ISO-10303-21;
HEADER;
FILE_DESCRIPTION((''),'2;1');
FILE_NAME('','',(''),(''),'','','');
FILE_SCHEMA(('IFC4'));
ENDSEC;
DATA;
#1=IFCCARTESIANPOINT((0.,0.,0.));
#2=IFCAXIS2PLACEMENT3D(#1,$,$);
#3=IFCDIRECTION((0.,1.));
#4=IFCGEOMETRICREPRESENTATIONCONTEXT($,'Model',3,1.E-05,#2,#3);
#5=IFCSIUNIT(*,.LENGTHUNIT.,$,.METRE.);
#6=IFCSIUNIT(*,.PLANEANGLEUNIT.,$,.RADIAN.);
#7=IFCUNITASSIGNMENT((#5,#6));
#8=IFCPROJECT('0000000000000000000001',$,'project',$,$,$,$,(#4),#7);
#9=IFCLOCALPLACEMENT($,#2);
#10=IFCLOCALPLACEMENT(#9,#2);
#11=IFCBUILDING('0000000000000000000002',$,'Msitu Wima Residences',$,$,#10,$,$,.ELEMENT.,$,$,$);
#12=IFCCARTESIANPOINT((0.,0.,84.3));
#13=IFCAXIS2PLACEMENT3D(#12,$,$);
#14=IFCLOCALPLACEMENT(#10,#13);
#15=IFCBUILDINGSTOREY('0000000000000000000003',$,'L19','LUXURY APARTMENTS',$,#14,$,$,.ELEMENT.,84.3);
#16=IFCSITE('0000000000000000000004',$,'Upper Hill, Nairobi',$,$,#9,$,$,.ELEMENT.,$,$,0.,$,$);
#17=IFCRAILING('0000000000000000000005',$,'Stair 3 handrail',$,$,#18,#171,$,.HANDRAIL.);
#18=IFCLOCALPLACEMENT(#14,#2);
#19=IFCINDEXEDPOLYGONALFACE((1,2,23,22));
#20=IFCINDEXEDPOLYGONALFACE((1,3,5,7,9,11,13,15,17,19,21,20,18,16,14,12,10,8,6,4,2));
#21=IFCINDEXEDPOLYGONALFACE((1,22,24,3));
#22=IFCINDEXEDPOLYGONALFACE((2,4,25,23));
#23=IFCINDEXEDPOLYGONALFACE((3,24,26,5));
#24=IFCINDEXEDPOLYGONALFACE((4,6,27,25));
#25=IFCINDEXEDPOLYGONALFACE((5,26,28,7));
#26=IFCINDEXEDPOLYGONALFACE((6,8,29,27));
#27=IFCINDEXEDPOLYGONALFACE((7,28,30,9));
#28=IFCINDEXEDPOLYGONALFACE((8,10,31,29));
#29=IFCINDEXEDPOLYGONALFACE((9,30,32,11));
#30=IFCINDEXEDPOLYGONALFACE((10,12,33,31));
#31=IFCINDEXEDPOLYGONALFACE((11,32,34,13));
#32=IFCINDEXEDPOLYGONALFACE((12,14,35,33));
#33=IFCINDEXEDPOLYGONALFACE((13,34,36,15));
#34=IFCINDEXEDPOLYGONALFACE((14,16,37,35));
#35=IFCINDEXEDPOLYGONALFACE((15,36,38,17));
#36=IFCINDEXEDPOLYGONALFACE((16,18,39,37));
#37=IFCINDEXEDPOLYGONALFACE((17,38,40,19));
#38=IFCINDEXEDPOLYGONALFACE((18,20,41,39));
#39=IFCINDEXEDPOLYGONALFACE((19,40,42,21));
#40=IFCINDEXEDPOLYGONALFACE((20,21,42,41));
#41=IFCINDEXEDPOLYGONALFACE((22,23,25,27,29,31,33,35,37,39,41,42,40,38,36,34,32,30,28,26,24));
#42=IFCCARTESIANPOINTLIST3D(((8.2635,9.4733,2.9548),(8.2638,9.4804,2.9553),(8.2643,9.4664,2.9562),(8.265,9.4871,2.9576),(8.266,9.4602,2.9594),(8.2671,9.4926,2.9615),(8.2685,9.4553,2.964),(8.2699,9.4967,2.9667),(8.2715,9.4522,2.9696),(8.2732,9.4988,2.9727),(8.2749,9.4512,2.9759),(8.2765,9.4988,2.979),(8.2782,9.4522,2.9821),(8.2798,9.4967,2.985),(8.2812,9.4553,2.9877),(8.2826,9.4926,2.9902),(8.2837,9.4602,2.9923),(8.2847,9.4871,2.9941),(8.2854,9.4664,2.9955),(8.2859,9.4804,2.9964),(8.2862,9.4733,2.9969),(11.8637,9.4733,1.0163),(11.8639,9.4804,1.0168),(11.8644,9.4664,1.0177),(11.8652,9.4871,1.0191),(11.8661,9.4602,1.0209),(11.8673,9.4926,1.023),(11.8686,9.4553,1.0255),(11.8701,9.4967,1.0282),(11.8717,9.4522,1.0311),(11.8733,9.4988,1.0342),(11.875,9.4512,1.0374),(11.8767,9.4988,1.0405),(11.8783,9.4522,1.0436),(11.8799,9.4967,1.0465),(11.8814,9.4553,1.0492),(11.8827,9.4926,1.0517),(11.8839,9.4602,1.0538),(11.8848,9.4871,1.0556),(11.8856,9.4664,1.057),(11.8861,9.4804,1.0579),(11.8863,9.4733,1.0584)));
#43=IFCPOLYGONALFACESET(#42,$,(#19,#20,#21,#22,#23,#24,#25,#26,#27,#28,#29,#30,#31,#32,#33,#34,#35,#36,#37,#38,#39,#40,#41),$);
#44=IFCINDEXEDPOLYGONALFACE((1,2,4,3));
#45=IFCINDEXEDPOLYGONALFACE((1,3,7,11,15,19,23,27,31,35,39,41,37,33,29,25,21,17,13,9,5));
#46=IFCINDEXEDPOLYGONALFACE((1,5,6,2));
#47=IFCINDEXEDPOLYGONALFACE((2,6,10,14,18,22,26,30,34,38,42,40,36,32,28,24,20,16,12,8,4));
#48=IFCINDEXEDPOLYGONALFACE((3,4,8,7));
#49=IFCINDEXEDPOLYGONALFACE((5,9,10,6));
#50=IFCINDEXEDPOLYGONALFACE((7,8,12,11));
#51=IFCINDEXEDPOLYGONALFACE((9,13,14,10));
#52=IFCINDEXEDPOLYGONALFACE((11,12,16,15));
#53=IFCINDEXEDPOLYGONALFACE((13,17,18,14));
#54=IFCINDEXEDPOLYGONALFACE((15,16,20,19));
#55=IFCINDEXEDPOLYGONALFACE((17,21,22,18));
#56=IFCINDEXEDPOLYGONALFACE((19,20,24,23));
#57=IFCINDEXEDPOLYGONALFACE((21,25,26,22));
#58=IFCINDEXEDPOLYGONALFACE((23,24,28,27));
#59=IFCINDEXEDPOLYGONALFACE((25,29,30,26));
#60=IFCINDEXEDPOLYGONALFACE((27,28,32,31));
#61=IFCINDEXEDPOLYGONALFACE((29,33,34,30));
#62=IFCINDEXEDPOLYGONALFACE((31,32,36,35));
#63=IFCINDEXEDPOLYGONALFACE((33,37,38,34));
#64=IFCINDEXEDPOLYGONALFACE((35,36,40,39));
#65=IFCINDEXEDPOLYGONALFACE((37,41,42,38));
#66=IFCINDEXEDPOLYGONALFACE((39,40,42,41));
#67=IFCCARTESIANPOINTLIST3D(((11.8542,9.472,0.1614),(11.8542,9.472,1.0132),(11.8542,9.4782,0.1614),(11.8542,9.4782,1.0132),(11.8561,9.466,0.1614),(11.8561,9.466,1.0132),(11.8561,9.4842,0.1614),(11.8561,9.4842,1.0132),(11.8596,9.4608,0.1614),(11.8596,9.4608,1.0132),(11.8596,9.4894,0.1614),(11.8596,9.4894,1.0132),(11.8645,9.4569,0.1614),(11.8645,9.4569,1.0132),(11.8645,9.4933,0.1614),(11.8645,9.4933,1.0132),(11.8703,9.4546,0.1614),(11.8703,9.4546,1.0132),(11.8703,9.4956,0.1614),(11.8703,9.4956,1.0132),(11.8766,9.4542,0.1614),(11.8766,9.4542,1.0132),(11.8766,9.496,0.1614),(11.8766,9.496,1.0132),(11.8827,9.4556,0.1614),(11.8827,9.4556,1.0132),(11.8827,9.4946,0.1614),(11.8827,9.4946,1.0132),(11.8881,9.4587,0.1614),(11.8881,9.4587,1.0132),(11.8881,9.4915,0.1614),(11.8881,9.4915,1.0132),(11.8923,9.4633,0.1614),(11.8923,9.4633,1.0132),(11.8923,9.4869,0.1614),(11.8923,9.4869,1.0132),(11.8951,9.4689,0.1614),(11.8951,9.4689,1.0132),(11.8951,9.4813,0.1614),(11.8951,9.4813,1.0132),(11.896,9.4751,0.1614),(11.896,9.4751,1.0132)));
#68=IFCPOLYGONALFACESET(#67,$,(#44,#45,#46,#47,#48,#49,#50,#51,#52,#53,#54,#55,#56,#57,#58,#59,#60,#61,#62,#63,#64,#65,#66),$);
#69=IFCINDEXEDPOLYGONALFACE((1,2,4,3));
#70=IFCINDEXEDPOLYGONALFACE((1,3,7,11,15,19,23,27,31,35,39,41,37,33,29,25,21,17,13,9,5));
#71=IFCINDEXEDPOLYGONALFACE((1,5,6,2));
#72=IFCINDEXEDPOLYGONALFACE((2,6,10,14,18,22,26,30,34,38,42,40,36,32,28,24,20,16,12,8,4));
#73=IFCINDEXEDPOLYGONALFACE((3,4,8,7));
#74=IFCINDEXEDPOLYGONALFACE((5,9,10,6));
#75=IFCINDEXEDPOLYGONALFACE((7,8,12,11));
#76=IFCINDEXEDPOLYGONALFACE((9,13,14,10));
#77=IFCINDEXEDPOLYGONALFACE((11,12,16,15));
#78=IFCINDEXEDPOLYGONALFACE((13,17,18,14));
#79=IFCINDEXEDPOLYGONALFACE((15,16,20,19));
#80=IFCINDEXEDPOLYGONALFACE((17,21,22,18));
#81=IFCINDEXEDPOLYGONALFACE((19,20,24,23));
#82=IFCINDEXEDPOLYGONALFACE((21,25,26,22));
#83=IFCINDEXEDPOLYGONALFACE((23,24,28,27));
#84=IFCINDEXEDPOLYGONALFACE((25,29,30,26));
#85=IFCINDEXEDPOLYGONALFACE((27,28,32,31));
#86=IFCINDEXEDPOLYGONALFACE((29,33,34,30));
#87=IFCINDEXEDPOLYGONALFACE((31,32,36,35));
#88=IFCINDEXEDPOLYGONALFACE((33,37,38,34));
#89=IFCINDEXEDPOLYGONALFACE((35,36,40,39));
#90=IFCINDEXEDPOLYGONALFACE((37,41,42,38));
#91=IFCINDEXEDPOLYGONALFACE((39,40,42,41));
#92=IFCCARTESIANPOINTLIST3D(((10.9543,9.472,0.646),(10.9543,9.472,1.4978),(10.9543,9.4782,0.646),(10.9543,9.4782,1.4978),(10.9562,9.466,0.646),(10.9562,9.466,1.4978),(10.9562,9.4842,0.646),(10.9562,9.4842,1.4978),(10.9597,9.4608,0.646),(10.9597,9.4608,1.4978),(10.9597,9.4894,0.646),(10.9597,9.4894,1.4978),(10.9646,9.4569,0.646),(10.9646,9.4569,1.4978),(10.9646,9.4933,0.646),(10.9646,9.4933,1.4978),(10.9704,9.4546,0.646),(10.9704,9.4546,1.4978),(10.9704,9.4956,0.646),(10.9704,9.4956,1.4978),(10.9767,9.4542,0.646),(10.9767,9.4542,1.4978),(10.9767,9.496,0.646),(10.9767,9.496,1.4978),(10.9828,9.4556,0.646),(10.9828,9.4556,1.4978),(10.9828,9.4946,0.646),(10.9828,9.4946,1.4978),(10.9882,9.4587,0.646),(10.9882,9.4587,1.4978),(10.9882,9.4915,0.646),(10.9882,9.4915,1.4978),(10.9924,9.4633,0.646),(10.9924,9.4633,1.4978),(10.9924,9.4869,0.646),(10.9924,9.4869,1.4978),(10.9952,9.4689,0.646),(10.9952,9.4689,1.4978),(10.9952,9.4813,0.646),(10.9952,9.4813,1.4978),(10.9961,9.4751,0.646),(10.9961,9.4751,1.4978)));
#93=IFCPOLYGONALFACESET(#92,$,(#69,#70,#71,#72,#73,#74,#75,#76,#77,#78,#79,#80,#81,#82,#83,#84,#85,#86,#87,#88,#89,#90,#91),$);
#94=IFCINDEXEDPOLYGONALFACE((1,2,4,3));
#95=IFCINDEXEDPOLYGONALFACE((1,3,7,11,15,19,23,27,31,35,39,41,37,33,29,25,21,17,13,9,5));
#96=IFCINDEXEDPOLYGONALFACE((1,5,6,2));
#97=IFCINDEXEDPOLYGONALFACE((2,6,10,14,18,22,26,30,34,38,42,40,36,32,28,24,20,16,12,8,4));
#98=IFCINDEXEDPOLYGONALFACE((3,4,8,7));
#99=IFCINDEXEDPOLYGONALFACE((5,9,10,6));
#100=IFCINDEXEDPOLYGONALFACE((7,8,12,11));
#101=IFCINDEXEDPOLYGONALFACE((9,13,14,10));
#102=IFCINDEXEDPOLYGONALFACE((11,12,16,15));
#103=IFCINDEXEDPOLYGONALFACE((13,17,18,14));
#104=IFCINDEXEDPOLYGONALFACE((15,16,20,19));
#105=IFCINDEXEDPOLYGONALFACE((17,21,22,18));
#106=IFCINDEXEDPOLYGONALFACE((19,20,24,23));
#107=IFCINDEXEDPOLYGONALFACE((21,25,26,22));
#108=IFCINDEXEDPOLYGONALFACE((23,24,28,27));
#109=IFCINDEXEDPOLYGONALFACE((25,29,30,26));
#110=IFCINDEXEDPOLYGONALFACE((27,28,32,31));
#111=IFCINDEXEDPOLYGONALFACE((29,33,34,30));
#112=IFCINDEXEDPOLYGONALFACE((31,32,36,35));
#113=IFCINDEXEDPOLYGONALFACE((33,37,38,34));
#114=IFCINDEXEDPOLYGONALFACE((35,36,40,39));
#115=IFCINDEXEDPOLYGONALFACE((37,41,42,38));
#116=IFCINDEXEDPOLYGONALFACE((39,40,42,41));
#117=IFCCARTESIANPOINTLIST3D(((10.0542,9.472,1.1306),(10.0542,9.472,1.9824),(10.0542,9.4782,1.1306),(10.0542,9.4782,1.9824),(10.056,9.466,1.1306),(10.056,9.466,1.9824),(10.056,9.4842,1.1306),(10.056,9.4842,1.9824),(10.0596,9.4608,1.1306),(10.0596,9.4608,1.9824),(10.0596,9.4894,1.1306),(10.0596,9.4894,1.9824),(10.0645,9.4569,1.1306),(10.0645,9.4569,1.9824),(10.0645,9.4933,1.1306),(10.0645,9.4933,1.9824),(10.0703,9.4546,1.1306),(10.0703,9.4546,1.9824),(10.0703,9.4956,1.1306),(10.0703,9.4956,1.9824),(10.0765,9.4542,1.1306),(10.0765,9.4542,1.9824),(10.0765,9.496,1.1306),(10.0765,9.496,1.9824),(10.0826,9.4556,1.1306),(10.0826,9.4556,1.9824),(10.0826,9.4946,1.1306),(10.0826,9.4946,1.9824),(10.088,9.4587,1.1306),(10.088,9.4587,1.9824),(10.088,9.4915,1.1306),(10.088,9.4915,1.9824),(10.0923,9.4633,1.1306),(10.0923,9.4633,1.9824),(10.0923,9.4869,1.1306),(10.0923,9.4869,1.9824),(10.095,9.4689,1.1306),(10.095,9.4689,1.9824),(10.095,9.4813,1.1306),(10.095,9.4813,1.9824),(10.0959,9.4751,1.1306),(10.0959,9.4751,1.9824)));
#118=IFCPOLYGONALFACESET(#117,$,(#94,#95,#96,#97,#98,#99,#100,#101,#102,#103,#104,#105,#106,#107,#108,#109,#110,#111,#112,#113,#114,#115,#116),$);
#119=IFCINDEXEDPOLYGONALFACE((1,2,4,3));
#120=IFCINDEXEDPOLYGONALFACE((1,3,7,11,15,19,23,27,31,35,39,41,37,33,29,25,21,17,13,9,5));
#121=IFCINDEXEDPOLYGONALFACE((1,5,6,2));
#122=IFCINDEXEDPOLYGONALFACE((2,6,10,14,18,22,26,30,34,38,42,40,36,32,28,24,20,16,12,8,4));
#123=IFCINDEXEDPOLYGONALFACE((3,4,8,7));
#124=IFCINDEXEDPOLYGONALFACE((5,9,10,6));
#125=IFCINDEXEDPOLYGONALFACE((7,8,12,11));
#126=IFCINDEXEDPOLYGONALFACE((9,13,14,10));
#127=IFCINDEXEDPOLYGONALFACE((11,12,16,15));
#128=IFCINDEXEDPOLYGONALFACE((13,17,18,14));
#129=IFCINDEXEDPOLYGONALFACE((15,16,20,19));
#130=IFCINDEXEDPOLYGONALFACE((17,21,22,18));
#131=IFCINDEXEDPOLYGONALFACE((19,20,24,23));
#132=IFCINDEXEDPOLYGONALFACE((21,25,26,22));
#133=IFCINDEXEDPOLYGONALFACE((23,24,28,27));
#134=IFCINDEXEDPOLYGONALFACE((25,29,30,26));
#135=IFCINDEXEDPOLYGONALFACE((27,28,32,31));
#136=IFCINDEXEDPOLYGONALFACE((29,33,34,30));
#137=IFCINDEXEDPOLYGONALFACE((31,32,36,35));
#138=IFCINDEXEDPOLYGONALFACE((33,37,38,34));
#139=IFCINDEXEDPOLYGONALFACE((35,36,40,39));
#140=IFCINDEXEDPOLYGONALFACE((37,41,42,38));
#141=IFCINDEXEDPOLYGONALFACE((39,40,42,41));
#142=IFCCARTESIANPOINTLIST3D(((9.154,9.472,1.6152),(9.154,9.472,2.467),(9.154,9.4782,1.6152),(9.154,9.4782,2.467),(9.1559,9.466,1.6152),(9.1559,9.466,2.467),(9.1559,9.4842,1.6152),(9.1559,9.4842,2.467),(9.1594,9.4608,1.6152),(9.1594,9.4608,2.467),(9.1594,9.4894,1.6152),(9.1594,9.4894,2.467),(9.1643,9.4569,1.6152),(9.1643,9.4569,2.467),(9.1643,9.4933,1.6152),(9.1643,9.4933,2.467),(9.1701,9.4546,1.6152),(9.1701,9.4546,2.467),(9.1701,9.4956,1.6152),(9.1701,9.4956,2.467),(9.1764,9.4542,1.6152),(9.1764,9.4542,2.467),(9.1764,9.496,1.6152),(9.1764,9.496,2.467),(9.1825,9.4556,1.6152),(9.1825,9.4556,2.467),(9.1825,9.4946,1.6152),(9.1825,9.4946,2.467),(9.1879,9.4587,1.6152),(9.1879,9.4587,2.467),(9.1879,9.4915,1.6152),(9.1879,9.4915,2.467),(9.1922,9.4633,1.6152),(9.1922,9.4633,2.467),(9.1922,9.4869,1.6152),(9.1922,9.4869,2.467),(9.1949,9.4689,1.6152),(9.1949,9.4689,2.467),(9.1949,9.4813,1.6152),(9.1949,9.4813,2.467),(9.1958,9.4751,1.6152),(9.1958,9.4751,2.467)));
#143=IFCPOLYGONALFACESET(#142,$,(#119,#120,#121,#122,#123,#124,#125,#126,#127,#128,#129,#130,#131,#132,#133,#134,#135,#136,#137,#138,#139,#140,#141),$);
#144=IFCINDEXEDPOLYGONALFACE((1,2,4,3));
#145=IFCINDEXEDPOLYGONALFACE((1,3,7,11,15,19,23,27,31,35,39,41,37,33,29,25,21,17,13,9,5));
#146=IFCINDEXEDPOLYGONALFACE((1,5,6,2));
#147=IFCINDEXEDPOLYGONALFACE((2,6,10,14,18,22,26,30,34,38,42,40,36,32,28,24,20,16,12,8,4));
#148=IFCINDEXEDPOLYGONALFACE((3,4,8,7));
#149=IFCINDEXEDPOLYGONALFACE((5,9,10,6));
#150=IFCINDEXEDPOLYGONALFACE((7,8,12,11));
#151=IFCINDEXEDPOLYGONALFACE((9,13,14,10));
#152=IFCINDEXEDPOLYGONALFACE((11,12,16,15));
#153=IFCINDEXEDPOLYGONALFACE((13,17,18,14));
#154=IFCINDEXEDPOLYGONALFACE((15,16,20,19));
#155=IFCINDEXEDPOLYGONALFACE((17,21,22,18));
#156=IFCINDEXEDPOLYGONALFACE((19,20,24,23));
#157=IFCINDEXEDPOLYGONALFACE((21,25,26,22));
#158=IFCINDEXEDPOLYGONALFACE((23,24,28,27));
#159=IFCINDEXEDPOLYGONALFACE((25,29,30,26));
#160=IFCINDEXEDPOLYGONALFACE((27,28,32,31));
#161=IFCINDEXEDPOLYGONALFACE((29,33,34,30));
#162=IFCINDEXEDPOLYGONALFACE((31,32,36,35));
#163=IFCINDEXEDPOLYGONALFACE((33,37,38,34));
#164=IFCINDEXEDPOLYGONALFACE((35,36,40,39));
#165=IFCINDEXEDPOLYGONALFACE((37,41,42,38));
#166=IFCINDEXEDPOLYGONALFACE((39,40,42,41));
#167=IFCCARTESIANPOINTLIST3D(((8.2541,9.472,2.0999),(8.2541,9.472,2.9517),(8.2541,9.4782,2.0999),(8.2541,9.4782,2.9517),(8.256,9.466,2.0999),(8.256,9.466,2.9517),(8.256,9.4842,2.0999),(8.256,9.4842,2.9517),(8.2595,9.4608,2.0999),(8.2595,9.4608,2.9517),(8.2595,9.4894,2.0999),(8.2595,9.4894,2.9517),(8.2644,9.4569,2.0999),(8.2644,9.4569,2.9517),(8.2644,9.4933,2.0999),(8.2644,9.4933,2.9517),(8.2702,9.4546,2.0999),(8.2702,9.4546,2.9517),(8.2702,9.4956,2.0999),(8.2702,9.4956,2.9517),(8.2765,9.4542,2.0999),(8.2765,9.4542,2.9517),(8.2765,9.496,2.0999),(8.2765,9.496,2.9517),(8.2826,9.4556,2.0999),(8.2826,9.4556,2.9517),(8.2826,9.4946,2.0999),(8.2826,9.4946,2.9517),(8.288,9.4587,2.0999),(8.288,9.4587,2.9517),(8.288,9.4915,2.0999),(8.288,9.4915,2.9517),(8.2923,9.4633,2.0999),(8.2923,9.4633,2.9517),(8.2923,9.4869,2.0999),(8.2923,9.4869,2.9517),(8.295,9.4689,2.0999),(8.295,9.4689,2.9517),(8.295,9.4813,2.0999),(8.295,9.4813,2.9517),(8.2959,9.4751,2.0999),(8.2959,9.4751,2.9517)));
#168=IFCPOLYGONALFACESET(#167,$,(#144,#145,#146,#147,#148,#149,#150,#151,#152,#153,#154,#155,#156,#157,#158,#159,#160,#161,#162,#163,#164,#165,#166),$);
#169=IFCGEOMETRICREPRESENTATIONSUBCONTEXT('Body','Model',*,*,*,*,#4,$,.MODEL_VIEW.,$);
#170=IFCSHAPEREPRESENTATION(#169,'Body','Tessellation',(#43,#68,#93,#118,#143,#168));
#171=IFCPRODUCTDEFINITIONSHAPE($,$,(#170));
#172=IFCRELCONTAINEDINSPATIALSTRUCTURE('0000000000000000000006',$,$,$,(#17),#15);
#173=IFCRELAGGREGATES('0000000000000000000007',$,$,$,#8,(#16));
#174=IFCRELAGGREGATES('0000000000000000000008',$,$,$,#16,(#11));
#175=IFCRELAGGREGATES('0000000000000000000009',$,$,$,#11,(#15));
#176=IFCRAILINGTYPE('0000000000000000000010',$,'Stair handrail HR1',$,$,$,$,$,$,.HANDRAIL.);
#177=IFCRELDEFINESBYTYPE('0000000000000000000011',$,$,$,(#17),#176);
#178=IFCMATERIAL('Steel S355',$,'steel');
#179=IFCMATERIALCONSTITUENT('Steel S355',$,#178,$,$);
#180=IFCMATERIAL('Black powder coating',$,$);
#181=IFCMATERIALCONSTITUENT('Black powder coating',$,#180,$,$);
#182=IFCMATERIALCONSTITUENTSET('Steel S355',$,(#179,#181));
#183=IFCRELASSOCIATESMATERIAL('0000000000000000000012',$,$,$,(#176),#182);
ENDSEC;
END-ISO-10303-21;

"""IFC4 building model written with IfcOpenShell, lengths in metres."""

from ifc_helpers import new_model, si_unit, direction, frame, origin, origin_2d, place, context, subcontext, project, spatial, circle, extrude, material, constituent, constituent_set, type_object, element, save


model = new_model("IFC4")

# Units and contexts
model_context = context("Model", 3, precision=1e-05, world=origin(), true_north=direction((0.0, 1.0)))
body_context = subcontext(model_context, "Body", "Model", "MODEL_VIEW")
ifc_project = project(units=[si_unit("LENGTHUNIT", "METRE"), si_unit("PLANEANGLEUNIT", "RADIAN")], contexts=[model_context])

# Site, building, storey
site_placement = place(None, origin())
site = spatial("IfcSite", under=ifc_project, at=site_placement, Name="Upper Hill, Nairobi", CompositionType="ELEMENT", RefElevation=0.0)
building_placement = place(site_placement, origin())
building = spatial("IfcBuilding", under=site, at=building_placement, Name="Msitu Wima Residences", CompositionType="ELEMENT")
storey_placement = place(building_placement, frame((0.0, 0.0, 84.3)))
storey = spatial("IfcBuildingStorey", under=building, at=storey_placement, Name="L19", Description="LUXURY APARTMENTS", CompositionType="ELEMENT", Elevation=84.3)

# Railing
ifc_material_1 = material(Name="Steel S355", Category="steel")
ifc_constituent_1 = constituent(ifc_material_1, Name="Steel S355")
ifc_material_2 = material(Name="Black powder coating")
ifc_constituent_2 = constituent(ifc_material_2, Name="Black powder coating")
ifc_constituent_set = constituent_set(constituents=[ifc_constituent_1, ifc_constituent_2], Name="Steel S355")
railing_type = type_object("IfcRailingType", Name="Stair handrail HR1", PredefinedType="HANDRAIL", material=ifc_constituent_set)
for number, where, name in (
    (1, (11.875, 9.4751, 0.1614), "Stair 3 handrail"),
):
    element("IfcRailing", number, at=place(storey_placement, frame(where)), inside=storey, type_object=railing_type, Name=name, PredefinedType="HANDRAIL", context=body_context, shape_type="SweptSolid", body=[
        extrude(circle(Radius=0.0239, at=origin_2d()), frame((0.0, 0.0, 0.876), z_axis=(-0.880475, 0.0, 0.474093), x_axis=(0.0, -1.0, 0.0)), (0.0, 0.0, 1.0), 4.0889),
        extrude(circle(Radius=0.021, at=origin_2d()), origin(), (0.0, 0.0, 1.0), 0.8518),
        extrude(circle(Radius=0.021, at=origin_2d()), frame((-0.8999, 0.0, 0.4846)), (0.0, 0.0, 1.0), 0.8518),
        extrude(circle(Radius=0.021, at=origin_2d()), frame((-1.8, 0.0, 0.9692)), (0.0, 0.0, 1.0), 0.8518),
        extrude(circle(Radius=0.021, at=origin_2d()), frame((-2.7002, 0.0, 1.4539)), (0.0, 0.0, 1.0), 0.8518),
        extrude(circle(Radius=0.021, at=origin_2d()), frame((-3.6001, 0.0, 1.9385)), (0.0, 0.0, 1.0), 0.8518),
    ])

save(model, "model.ifc")
